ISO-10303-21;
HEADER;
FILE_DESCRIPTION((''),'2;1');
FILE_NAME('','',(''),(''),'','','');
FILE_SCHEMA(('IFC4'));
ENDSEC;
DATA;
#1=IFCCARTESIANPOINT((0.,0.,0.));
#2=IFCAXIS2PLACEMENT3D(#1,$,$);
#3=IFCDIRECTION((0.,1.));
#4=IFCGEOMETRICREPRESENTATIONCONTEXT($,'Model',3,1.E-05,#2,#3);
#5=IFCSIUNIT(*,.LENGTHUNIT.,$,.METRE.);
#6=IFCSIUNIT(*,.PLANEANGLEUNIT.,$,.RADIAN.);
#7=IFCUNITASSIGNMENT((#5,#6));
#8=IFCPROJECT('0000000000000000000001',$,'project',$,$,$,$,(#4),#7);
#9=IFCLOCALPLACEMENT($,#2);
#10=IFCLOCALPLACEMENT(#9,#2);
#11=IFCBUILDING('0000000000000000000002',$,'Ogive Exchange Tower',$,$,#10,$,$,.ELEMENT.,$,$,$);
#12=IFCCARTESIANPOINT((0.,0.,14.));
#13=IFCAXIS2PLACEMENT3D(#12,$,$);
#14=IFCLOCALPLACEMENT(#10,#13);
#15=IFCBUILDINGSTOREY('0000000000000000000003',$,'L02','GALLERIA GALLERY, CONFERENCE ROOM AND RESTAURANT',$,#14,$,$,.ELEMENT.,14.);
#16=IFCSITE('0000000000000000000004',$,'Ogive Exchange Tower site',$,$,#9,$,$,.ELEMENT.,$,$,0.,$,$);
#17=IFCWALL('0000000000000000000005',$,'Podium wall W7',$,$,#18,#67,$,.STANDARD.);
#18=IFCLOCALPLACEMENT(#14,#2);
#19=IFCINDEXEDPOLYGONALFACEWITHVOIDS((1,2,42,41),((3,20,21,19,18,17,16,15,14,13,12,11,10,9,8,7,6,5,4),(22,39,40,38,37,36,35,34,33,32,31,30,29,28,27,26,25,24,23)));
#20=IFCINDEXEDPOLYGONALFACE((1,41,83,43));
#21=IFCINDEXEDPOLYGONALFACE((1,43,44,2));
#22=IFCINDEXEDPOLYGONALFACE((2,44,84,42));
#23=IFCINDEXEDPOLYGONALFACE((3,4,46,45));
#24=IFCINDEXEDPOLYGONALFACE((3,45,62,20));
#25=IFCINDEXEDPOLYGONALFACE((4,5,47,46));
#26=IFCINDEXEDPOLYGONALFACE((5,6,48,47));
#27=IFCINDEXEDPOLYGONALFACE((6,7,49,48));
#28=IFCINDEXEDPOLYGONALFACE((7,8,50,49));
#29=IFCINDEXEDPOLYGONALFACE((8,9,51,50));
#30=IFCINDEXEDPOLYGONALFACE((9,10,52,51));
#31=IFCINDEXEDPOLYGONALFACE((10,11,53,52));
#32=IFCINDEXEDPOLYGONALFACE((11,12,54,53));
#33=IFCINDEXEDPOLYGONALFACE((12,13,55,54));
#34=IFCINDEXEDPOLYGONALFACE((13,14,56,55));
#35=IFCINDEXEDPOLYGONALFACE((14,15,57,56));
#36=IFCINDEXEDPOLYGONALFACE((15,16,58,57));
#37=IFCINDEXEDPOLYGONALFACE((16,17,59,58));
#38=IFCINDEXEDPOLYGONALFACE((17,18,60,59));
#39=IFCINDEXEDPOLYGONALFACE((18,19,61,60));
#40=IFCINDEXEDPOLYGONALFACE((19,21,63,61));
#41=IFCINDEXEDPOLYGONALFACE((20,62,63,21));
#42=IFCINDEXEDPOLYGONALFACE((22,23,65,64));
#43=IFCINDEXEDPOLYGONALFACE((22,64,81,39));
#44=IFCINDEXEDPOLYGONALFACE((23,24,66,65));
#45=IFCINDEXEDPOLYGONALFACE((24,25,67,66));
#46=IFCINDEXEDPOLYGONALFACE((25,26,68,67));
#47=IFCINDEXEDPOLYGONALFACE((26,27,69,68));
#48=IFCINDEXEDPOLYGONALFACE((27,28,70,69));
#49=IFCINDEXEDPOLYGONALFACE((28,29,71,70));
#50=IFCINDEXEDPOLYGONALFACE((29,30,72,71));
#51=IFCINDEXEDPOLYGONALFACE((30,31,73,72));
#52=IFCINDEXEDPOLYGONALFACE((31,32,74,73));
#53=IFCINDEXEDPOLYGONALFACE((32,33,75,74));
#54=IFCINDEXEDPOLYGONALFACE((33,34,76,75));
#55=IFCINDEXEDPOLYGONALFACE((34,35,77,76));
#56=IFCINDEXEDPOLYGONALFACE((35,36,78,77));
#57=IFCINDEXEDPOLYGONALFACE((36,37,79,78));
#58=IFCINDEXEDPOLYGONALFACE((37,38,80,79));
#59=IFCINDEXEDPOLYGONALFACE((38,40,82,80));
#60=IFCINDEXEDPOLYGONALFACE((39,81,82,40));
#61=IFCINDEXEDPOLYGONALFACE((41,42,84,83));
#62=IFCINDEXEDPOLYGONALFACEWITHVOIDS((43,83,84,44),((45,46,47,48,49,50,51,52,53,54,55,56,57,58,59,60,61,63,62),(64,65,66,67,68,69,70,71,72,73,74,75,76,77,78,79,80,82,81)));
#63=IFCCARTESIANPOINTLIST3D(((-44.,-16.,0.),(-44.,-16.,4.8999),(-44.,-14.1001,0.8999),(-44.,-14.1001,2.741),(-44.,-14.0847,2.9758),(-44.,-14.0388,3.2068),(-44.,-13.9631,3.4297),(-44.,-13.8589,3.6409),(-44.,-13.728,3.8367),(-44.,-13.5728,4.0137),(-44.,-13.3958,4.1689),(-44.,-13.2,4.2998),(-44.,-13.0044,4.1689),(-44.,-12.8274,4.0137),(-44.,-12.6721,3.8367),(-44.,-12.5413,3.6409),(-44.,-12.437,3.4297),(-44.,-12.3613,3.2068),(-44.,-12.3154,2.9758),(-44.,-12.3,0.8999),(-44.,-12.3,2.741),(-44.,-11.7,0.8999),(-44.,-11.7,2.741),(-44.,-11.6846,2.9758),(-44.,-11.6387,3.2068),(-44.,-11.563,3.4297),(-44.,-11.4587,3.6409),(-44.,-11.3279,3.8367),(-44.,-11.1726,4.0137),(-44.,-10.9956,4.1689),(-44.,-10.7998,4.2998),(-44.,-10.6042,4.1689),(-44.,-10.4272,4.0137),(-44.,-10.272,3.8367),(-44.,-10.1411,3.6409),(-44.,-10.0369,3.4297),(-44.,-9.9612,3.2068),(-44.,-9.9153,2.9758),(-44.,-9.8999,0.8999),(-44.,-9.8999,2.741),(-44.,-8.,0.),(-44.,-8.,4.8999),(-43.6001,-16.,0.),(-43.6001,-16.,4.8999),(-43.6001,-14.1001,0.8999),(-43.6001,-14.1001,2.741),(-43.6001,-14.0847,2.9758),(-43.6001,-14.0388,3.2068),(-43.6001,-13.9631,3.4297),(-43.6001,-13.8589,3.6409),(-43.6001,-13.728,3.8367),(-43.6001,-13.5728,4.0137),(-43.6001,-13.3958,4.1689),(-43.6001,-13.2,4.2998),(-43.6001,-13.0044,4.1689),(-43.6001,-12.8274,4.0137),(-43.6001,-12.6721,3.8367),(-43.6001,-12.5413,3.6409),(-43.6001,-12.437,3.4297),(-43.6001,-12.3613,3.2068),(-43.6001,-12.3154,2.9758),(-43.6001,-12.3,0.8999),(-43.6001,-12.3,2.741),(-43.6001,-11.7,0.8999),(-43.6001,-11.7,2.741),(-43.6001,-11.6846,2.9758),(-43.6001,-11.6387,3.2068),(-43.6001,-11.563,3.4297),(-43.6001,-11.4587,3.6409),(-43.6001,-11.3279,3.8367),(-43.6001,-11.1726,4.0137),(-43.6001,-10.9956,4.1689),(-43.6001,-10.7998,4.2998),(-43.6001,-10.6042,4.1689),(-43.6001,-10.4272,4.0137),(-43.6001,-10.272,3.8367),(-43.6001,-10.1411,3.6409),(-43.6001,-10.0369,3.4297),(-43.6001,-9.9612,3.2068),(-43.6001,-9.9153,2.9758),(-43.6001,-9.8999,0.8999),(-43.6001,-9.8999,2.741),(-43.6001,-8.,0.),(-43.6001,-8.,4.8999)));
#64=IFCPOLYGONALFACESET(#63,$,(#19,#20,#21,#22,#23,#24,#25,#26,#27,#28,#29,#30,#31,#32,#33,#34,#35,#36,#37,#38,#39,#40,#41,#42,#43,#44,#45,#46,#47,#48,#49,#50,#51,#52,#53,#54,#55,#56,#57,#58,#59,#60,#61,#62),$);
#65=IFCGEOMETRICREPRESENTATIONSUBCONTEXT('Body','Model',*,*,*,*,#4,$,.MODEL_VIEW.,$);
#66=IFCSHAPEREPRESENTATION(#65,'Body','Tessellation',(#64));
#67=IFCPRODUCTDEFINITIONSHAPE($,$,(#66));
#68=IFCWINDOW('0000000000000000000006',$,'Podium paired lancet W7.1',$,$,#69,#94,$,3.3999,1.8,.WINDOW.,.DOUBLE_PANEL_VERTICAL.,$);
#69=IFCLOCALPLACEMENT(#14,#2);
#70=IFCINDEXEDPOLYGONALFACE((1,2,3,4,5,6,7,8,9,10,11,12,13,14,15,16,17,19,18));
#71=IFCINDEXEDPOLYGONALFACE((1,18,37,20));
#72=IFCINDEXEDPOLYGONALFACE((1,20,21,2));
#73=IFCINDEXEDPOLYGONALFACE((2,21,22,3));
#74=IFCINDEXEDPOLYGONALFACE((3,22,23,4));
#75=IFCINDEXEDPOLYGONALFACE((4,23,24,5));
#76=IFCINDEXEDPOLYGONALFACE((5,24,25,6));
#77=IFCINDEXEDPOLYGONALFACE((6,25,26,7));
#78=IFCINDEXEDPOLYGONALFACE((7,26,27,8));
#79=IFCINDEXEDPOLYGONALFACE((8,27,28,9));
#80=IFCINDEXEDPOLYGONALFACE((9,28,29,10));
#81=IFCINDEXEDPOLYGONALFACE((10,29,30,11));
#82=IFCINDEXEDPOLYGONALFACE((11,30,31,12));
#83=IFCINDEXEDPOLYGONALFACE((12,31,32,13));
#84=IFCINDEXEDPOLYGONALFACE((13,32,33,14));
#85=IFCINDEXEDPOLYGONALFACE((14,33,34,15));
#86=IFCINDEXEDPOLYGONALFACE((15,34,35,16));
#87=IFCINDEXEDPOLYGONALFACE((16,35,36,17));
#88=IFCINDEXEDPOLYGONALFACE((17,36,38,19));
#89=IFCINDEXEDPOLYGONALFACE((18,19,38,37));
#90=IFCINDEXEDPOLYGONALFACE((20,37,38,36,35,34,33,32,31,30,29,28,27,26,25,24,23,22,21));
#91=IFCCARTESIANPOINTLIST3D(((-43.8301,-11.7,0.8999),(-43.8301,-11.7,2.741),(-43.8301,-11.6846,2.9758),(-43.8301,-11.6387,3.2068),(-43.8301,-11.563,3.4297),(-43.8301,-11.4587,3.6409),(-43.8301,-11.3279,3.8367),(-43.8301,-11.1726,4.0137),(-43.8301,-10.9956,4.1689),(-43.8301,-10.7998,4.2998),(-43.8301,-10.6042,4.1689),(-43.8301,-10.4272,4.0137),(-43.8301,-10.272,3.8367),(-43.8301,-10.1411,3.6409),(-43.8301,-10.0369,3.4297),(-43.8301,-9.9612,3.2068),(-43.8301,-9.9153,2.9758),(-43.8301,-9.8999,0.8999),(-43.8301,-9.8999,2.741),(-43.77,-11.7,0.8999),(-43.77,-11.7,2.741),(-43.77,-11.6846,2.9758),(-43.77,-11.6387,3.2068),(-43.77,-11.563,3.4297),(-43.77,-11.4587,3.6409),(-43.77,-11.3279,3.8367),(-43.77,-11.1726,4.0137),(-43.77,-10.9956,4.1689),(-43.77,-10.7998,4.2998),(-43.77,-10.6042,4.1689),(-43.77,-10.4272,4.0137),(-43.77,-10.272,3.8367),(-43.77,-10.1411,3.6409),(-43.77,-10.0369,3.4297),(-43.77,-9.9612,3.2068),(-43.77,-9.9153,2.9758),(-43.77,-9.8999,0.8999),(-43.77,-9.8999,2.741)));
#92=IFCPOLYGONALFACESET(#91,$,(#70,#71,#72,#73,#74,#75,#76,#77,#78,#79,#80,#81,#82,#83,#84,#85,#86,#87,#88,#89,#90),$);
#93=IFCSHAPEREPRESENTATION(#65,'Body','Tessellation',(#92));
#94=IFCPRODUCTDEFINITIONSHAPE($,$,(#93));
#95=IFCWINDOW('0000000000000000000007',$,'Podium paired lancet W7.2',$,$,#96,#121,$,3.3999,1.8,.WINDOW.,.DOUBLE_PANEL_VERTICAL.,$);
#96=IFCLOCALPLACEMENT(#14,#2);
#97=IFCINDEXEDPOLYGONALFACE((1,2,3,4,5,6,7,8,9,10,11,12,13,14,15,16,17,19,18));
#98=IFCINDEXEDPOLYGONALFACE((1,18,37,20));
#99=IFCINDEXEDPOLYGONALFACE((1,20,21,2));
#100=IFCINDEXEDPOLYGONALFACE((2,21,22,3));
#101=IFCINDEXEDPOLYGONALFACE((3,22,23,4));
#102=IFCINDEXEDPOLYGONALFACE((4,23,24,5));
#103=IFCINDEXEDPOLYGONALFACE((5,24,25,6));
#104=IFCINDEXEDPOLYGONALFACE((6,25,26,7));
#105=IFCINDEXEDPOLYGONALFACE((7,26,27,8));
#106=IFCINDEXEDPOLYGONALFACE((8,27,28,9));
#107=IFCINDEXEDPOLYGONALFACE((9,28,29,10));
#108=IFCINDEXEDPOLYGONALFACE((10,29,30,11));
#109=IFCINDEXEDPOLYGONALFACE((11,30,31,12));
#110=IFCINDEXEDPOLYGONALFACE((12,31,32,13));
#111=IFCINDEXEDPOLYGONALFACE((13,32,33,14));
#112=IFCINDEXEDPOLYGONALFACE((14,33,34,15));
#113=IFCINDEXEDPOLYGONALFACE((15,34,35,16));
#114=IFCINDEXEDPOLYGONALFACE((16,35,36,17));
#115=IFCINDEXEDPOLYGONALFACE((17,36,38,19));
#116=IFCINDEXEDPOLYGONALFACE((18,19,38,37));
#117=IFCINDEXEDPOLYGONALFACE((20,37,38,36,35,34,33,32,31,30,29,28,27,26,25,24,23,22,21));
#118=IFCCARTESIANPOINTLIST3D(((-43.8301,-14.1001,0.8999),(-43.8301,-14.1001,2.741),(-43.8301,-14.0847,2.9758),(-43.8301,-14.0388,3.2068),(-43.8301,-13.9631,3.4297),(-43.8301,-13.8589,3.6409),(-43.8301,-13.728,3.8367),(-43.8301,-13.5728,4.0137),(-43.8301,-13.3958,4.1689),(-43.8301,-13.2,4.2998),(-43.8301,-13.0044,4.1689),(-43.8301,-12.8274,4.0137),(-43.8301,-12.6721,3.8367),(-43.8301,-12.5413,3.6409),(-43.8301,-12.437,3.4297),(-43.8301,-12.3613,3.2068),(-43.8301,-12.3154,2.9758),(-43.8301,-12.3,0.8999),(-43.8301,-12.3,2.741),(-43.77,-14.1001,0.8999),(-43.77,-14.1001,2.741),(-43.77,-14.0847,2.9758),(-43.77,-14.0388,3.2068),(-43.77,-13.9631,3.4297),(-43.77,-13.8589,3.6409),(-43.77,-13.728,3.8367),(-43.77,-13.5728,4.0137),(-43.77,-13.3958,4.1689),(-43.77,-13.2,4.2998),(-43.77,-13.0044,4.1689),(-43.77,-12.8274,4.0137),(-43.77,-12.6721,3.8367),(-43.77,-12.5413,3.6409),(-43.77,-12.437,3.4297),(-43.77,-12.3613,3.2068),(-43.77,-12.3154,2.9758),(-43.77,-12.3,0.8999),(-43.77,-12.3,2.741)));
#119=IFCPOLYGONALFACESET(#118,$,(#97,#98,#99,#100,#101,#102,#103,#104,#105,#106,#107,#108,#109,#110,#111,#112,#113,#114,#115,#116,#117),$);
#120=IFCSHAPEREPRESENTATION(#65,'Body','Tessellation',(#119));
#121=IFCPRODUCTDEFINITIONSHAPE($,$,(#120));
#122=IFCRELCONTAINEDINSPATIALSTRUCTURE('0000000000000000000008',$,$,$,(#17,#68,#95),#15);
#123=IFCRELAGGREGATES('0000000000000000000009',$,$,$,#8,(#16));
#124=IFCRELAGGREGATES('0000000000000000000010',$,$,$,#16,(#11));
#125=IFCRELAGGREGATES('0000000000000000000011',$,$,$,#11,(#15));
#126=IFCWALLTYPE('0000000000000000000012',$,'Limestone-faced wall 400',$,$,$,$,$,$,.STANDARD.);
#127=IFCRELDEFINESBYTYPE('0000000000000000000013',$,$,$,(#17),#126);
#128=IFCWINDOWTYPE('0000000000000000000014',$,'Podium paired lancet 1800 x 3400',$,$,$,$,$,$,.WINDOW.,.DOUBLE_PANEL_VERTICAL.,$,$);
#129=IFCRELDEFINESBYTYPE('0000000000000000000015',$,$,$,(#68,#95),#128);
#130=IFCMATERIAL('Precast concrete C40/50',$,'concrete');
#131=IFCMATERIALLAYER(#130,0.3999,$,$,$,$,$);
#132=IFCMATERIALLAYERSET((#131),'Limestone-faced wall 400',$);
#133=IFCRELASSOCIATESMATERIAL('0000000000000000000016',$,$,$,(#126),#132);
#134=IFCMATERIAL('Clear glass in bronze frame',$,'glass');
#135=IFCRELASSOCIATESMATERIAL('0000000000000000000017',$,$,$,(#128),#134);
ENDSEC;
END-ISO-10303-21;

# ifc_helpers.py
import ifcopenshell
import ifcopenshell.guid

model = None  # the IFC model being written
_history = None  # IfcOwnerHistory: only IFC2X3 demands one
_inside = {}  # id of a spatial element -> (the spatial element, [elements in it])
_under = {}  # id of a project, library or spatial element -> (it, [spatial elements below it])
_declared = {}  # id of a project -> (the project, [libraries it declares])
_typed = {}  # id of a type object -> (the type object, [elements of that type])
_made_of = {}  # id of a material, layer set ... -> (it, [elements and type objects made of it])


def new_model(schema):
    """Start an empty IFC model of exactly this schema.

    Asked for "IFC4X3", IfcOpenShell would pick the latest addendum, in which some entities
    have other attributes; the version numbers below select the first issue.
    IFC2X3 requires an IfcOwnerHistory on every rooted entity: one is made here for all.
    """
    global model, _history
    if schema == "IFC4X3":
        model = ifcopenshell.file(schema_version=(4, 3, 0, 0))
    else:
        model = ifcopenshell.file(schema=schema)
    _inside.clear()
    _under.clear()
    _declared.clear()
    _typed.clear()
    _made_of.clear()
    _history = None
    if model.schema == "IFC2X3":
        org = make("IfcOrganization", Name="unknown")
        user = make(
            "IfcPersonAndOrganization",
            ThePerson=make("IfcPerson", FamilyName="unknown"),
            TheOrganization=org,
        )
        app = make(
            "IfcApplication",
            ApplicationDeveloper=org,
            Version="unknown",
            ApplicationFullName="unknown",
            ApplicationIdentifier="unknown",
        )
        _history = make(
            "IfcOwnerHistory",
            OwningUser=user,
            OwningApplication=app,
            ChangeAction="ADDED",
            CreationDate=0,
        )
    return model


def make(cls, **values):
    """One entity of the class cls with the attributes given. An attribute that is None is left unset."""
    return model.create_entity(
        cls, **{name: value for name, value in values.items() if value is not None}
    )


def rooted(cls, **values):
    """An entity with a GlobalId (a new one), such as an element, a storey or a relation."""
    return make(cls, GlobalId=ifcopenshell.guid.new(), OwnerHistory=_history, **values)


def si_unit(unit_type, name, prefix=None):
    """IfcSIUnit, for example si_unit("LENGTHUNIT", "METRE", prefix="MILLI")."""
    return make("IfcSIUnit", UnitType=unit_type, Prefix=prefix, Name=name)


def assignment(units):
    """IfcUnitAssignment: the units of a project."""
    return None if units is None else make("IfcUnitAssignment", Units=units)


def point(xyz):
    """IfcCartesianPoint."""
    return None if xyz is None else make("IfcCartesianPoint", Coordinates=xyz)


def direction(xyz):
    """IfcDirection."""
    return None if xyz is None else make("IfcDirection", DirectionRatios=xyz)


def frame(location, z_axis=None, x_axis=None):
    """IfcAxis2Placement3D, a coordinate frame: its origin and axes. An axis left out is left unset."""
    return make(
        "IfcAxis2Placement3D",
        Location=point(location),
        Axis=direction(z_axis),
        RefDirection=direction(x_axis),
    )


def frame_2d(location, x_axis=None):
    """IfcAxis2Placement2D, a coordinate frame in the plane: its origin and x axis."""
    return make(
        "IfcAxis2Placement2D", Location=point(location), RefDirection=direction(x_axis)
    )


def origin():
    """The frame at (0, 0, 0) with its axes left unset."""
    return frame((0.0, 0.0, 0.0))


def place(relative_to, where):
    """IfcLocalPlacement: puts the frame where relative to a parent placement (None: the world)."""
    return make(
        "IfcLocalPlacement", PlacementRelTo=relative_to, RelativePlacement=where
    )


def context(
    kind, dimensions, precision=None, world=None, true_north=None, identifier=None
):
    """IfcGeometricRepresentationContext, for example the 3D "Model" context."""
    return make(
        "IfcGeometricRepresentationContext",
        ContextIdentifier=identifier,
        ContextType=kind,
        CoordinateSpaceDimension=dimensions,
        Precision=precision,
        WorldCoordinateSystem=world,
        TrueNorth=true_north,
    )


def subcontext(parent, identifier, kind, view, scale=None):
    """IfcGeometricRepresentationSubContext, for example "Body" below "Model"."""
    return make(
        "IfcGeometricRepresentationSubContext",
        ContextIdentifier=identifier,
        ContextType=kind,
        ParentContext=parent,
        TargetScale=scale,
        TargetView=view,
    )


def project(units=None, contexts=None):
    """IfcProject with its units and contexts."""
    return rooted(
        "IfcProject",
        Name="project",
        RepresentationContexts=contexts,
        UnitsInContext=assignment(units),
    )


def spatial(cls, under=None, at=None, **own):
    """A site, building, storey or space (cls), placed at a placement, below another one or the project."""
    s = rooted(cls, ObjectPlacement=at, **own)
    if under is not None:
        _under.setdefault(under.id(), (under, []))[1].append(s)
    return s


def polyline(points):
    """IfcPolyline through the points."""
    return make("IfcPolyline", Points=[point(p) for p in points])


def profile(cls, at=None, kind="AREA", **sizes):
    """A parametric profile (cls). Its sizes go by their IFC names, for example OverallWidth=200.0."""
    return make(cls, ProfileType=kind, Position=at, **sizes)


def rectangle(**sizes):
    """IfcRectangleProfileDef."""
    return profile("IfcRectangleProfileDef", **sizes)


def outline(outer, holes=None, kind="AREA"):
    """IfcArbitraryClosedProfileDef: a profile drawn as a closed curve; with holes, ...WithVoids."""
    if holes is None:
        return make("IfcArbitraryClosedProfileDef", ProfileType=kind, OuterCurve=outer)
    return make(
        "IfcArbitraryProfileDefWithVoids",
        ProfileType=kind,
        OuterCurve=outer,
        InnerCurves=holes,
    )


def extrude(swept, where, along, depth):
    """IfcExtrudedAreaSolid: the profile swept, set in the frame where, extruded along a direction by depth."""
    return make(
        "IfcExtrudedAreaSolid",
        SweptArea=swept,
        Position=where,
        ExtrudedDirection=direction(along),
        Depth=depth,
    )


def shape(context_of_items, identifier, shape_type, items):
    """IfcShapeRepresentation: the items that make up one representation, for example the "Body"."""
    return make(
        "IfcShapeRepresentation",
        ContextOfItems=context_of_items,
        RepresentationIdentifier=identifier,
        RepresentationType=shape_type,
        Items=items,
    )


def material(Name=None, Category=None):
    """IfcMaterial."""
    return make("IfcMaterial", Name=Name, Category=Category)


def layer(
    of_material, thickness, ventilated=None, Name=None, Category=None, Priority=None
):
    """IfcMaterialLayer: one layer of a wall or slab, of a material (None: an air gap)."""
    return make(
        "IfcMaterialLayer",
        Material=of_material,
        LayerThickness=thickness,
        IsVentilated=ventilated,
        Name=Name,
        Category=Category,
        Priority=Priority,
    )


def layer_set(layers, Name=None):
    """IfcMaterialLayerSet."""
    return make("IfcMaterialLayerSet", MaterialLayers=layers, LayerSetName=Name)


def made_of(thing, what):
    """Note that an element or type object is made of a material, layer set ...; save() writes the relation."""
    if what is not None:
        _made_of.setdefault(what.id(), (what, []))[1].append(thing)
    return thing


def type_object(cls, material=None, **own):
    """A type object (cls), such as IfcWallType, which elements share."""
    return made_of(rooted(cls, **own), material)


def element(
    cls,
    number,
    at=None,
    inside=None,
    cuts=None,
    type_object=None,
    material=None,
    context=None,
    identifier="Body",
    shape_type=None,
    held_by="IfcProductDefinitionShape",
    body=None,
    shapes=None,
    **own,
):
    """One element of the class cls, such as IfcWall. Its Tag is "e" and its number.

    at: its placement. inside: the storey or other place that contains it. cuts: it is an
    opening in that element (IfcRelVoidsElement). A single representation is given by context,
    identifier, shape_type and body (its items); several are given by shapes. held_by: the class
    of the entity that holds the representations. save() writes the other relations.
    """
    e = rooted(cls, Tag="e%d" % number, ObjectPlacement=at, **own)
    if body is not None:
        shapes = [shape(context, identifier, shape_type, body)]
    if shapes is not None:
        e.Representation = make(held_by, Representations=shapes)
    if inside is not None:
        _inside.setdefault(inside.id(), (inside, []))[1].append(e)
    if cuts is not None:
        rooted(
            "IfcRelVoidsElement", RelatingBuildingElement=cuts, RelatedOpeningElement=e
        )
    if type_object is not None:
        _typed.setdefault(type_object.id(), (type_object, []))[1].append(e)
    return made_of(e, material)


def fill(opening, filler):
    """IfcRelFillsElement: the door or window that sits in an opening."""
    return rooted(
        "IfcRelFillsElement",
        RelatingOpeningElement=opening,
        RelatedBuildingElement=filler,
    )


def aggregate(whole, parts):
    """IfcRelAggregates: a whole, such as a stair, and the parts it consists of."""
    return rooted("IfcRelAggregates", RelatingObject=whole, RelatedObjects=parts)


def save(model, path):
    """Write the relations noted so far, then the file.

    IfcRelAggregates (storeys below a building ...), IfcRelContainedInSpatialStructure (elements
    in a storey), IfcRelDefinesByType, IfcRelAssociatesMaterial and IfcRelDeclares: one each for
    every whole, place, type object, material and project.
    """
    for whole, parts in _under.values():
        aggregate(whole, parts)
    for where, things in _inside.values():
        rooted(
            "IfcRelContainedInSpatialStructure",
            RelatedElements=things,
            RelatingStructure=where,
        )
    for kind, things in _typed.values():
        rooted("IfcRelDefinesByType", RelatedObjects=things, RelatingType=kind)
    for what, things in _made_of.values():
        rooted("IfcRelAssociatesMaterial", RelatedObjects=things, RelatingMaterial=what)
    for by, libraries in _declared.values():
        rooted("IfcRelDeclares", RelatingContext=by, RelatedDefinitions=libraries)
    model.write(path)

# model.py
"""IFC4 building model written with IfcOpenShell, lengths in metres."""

from ifc_helpers import new_model, si_unit, direction, frame, frame_2d, origin, place, context, subcontext, project, spatial, polyline, rectangle, outline, extrude, material, layer, layer_set, type_object, element, fill, save


model = new_model("IFC4")

# Units and contexts
model_context = context("Model", 3, precision=1e-05, world=origin(), true_north=direction((0.0, 1.0)))
body_context = subcontext(model_context, "Body", "Model", "MODEL_VIEW")
ifc_project = project(units=[si_unit("LENGTHUNIT", "METRE"), si_unit("PLANEANGLEUNIT", "RADIAN")], contexts=[model_context])

# Site, building, storey
site_placement = place(None, origin())
site = spatial("IfcSite", under=ifc_project, at=site_placement, Name="Ogive Exchange Tower site", CompositionType="ELEMENT", RefElevation=0.0)
building_placement = place(site_placement, origin())
building = spatial("IfcBuilding", under=site, at=building_placement, Name="Ogive Exchange Tower", CompositionType="ELEMENT")
storey_placement = place(building_placement, frame((0.0, 0.0, 14.0)))
storey = spatial("IfcBuildingStorey", under=building, at=storey_placement, Name="L02", Description="GALLERIA GALLERY, CONFERENCE ROOM AND RESTAURANT", CompositionType="ELEMENT", Elevation=14.0)

# Wall, openings, windows
ifc_material_1 = material(Name="Precast concrete C40/50", Category="concrete")
ifc_layer_1 = layer(ifc_material_1, 0.3999)
ifc_layer_set_1 = layer_set([ifc_layer_1], Name="Limestone-faced wall 400")
wall_type_1 = type_object("IfcWallType", Name="Limestone-faced wall 400", PredefinedType="STANDARD", material=ifc_layer_set_1)
wall_1_placement = place(storey_placement, frame((-43.8, -8.0, 0.0), z_axis=(0.0, 0.0, 1.0), x_axis=(0.0, -1.0, 0.0)))
wall_1 = element("IfcWall", 1, at=wall_1_placement, inside=storey, type_object=wall_type_1, Name="Podium wall W7", PredefinedType="STANDARD", context=body_context, shape_type="SweptSolid", body=[
    extrude(rectangle(XDim=8.0, YDim=0.3999, at=frame_2d((4.0, 0.0))), origin(), (0.0, 0.0, 1.0), 4.8999),
])
opening_1_placement = place(wall_1_placement, frame((1.8999, 0.0, 0.8999)))
opening_1 = element("IfcOpeningElement", 2, at=opening_1_placement, cuts=wall_1, PredefinedType="OPENING", context=body_context, shape_type="SweptSolid", body=[
    extrude(outline(polyline([(0.0, 0.0), (1.8, 0.0), (1.8, 1.8411), (1.7847, 2.0759), (1.7388, 2.3069), (1.6631, 2.5298), (1.5588, 2.741), (1.428, 2.9368), (1.2727, 3.1138), (1.0957, 3.269), (0.8999, 3.3999), (0.7043, 3.269), (0.5273, 3.1138), (0.3721, 2.9368), (0.2412, 2.741), (0.137, 2.5298), (0.0613, 2.3069), (0.0154, 2.0759), (0.0, 1.8411), (0.0, 0.0)])), frame((0.0, 0.21, 0.0), z_axis=(0.0, -1.0, 0.0), x_axis=(1.0, 0.0, 0.0)), (0.0, 0.0, 1.0), 0.4199),
])
opening_2_placement = place(wall_1_placement, frame((4.3, 0.0, 0.8999)))
opening_2 = element("IfcOpeningElement", 3, at=opening_2_placement, cuts=wall_1, PredefinedType="OPENING", context=body_context, shape_type="SweptSolid", body=[
    extrude(outline(polyline([(0.0, 0.0), (1.8, 0.0), (1.8, 1.8411), (1.7847, 2.0759), (1.7388, 2.3069), (1.6631, 2.5298), (1.5588, 2.741), (1.428, 2.9368), (1.2727, 3.1138), (1.0957, 3.269), (0.8999, 3.3999), (0.7043, 3.269), (0.5273, 3.1138), (0.3721, 2.9368), (0.2412, 2.741), (0.137, 2.5298), (0.0613, 2.3069), (0.0154, 2.0759), (0.0, 1.8411), (0.0, 0.0)])), frame((0.0, 0.21, 0.0), z_axis=(0.0, -1.0, 0.0), x_axis=(1.0, 0.0, 0.0)), (0.0, 0.0, 1.0), 0.4199),
])
ifc_material_2 = material(Name="Clear glass in bronze frame", Category="glass")
window_type = type_object("IfcWindowType", Name="Podium paired lancet 1800 x 3400", PartitioningType="DOUBLE_PANEL_VERTICAL", PredefinedType="WINDOW", material=ifc_material_2)
window_1_placement = place(opening_1_placement, origin())
window_1 = element("IfcWindow", 4, at=window_1_placement, inside=storey, type_object=window_type, Name="Podium paired lancet W7.1", OverallHeight=3.3999, OverallWidth=1.8, PartitioningType="DOUBLE_PANEL_VERTICAL", PredefinedType="WINDOW", context=body_context, shape_type="SweptSolid", body=[
    extrude(outline(polyline([(0.0, 0.0), (1.8, 0.0), (1.8, 1.8411), (1.7847, 2.0759), (1.7388, 2.3069), (1.6631, 2.5298), (1.5588, 2.741), (1.428, 2.9368), (1.2727, 3.1138), (1.0957, 3.269), (0.8999, 3.3999), (0.7043, 3.269), (0.5273, 3.1138), (0.3721, 2.9368), (0.2412, 2.741), (0.137, 2.5298), (0.0613, 2.3069), (0.0154, 2.0759), (0.0, 1.8411), (0.0, 0.0)])), frame((0.0, 0.03, 0.0), z_axis=(0.0, -1.0, 0.0), x_axis=(1.0, 0.0, 0.0)), (0.0, 0.0, 1.0), 0.0601),
])
fill(opening_1, window_1)
window_2_placement = place(opening_2_placement, origin())
window_2 = element("IfcWindow", 5, at=window_2_placement, inside=storey, type_object=window_type, Name="Podium paired lancet W7.2", OverallHeight=3.3999, OverallWidth=1.8, PartitioningType="DOUBLE_PANEL_VERTICAL", PredefinedType="WINDOW", context=body_context, shape_type="SweptSolid", body=[
    extrude(outline(polyline([(0.0, 0.0), (1.8, 0.0), (1.8, 1.8411), (1.7847, 2.0759), (1.7388, 2.3069), (1.6631, 2.5298), (1.5588, 2.741), (1.428, 2.9368), (1.2727, 3.1138), (1.0957, 3.269), (0.8999, 3.3999), (0.7043, 3.269), (0.5273, 3.1138), (0.3721, 2.9368), (0.2412, 2.741), (0.137, 2.5298), (0.0613, 2.3069), (0.0154, 2.0759), (0.0, 1.8411), (0.0, 0.0)])), frame((0.0, 0.03, 0.0), z_axis=(0.0, -1.0, 0.0), x_axis=(1.0, 0.0, 0.0)), (0.0, 0.0, 1.0), 0.0601),
])
fill(opening_2, window_2)

save(model, "model.ifc")
